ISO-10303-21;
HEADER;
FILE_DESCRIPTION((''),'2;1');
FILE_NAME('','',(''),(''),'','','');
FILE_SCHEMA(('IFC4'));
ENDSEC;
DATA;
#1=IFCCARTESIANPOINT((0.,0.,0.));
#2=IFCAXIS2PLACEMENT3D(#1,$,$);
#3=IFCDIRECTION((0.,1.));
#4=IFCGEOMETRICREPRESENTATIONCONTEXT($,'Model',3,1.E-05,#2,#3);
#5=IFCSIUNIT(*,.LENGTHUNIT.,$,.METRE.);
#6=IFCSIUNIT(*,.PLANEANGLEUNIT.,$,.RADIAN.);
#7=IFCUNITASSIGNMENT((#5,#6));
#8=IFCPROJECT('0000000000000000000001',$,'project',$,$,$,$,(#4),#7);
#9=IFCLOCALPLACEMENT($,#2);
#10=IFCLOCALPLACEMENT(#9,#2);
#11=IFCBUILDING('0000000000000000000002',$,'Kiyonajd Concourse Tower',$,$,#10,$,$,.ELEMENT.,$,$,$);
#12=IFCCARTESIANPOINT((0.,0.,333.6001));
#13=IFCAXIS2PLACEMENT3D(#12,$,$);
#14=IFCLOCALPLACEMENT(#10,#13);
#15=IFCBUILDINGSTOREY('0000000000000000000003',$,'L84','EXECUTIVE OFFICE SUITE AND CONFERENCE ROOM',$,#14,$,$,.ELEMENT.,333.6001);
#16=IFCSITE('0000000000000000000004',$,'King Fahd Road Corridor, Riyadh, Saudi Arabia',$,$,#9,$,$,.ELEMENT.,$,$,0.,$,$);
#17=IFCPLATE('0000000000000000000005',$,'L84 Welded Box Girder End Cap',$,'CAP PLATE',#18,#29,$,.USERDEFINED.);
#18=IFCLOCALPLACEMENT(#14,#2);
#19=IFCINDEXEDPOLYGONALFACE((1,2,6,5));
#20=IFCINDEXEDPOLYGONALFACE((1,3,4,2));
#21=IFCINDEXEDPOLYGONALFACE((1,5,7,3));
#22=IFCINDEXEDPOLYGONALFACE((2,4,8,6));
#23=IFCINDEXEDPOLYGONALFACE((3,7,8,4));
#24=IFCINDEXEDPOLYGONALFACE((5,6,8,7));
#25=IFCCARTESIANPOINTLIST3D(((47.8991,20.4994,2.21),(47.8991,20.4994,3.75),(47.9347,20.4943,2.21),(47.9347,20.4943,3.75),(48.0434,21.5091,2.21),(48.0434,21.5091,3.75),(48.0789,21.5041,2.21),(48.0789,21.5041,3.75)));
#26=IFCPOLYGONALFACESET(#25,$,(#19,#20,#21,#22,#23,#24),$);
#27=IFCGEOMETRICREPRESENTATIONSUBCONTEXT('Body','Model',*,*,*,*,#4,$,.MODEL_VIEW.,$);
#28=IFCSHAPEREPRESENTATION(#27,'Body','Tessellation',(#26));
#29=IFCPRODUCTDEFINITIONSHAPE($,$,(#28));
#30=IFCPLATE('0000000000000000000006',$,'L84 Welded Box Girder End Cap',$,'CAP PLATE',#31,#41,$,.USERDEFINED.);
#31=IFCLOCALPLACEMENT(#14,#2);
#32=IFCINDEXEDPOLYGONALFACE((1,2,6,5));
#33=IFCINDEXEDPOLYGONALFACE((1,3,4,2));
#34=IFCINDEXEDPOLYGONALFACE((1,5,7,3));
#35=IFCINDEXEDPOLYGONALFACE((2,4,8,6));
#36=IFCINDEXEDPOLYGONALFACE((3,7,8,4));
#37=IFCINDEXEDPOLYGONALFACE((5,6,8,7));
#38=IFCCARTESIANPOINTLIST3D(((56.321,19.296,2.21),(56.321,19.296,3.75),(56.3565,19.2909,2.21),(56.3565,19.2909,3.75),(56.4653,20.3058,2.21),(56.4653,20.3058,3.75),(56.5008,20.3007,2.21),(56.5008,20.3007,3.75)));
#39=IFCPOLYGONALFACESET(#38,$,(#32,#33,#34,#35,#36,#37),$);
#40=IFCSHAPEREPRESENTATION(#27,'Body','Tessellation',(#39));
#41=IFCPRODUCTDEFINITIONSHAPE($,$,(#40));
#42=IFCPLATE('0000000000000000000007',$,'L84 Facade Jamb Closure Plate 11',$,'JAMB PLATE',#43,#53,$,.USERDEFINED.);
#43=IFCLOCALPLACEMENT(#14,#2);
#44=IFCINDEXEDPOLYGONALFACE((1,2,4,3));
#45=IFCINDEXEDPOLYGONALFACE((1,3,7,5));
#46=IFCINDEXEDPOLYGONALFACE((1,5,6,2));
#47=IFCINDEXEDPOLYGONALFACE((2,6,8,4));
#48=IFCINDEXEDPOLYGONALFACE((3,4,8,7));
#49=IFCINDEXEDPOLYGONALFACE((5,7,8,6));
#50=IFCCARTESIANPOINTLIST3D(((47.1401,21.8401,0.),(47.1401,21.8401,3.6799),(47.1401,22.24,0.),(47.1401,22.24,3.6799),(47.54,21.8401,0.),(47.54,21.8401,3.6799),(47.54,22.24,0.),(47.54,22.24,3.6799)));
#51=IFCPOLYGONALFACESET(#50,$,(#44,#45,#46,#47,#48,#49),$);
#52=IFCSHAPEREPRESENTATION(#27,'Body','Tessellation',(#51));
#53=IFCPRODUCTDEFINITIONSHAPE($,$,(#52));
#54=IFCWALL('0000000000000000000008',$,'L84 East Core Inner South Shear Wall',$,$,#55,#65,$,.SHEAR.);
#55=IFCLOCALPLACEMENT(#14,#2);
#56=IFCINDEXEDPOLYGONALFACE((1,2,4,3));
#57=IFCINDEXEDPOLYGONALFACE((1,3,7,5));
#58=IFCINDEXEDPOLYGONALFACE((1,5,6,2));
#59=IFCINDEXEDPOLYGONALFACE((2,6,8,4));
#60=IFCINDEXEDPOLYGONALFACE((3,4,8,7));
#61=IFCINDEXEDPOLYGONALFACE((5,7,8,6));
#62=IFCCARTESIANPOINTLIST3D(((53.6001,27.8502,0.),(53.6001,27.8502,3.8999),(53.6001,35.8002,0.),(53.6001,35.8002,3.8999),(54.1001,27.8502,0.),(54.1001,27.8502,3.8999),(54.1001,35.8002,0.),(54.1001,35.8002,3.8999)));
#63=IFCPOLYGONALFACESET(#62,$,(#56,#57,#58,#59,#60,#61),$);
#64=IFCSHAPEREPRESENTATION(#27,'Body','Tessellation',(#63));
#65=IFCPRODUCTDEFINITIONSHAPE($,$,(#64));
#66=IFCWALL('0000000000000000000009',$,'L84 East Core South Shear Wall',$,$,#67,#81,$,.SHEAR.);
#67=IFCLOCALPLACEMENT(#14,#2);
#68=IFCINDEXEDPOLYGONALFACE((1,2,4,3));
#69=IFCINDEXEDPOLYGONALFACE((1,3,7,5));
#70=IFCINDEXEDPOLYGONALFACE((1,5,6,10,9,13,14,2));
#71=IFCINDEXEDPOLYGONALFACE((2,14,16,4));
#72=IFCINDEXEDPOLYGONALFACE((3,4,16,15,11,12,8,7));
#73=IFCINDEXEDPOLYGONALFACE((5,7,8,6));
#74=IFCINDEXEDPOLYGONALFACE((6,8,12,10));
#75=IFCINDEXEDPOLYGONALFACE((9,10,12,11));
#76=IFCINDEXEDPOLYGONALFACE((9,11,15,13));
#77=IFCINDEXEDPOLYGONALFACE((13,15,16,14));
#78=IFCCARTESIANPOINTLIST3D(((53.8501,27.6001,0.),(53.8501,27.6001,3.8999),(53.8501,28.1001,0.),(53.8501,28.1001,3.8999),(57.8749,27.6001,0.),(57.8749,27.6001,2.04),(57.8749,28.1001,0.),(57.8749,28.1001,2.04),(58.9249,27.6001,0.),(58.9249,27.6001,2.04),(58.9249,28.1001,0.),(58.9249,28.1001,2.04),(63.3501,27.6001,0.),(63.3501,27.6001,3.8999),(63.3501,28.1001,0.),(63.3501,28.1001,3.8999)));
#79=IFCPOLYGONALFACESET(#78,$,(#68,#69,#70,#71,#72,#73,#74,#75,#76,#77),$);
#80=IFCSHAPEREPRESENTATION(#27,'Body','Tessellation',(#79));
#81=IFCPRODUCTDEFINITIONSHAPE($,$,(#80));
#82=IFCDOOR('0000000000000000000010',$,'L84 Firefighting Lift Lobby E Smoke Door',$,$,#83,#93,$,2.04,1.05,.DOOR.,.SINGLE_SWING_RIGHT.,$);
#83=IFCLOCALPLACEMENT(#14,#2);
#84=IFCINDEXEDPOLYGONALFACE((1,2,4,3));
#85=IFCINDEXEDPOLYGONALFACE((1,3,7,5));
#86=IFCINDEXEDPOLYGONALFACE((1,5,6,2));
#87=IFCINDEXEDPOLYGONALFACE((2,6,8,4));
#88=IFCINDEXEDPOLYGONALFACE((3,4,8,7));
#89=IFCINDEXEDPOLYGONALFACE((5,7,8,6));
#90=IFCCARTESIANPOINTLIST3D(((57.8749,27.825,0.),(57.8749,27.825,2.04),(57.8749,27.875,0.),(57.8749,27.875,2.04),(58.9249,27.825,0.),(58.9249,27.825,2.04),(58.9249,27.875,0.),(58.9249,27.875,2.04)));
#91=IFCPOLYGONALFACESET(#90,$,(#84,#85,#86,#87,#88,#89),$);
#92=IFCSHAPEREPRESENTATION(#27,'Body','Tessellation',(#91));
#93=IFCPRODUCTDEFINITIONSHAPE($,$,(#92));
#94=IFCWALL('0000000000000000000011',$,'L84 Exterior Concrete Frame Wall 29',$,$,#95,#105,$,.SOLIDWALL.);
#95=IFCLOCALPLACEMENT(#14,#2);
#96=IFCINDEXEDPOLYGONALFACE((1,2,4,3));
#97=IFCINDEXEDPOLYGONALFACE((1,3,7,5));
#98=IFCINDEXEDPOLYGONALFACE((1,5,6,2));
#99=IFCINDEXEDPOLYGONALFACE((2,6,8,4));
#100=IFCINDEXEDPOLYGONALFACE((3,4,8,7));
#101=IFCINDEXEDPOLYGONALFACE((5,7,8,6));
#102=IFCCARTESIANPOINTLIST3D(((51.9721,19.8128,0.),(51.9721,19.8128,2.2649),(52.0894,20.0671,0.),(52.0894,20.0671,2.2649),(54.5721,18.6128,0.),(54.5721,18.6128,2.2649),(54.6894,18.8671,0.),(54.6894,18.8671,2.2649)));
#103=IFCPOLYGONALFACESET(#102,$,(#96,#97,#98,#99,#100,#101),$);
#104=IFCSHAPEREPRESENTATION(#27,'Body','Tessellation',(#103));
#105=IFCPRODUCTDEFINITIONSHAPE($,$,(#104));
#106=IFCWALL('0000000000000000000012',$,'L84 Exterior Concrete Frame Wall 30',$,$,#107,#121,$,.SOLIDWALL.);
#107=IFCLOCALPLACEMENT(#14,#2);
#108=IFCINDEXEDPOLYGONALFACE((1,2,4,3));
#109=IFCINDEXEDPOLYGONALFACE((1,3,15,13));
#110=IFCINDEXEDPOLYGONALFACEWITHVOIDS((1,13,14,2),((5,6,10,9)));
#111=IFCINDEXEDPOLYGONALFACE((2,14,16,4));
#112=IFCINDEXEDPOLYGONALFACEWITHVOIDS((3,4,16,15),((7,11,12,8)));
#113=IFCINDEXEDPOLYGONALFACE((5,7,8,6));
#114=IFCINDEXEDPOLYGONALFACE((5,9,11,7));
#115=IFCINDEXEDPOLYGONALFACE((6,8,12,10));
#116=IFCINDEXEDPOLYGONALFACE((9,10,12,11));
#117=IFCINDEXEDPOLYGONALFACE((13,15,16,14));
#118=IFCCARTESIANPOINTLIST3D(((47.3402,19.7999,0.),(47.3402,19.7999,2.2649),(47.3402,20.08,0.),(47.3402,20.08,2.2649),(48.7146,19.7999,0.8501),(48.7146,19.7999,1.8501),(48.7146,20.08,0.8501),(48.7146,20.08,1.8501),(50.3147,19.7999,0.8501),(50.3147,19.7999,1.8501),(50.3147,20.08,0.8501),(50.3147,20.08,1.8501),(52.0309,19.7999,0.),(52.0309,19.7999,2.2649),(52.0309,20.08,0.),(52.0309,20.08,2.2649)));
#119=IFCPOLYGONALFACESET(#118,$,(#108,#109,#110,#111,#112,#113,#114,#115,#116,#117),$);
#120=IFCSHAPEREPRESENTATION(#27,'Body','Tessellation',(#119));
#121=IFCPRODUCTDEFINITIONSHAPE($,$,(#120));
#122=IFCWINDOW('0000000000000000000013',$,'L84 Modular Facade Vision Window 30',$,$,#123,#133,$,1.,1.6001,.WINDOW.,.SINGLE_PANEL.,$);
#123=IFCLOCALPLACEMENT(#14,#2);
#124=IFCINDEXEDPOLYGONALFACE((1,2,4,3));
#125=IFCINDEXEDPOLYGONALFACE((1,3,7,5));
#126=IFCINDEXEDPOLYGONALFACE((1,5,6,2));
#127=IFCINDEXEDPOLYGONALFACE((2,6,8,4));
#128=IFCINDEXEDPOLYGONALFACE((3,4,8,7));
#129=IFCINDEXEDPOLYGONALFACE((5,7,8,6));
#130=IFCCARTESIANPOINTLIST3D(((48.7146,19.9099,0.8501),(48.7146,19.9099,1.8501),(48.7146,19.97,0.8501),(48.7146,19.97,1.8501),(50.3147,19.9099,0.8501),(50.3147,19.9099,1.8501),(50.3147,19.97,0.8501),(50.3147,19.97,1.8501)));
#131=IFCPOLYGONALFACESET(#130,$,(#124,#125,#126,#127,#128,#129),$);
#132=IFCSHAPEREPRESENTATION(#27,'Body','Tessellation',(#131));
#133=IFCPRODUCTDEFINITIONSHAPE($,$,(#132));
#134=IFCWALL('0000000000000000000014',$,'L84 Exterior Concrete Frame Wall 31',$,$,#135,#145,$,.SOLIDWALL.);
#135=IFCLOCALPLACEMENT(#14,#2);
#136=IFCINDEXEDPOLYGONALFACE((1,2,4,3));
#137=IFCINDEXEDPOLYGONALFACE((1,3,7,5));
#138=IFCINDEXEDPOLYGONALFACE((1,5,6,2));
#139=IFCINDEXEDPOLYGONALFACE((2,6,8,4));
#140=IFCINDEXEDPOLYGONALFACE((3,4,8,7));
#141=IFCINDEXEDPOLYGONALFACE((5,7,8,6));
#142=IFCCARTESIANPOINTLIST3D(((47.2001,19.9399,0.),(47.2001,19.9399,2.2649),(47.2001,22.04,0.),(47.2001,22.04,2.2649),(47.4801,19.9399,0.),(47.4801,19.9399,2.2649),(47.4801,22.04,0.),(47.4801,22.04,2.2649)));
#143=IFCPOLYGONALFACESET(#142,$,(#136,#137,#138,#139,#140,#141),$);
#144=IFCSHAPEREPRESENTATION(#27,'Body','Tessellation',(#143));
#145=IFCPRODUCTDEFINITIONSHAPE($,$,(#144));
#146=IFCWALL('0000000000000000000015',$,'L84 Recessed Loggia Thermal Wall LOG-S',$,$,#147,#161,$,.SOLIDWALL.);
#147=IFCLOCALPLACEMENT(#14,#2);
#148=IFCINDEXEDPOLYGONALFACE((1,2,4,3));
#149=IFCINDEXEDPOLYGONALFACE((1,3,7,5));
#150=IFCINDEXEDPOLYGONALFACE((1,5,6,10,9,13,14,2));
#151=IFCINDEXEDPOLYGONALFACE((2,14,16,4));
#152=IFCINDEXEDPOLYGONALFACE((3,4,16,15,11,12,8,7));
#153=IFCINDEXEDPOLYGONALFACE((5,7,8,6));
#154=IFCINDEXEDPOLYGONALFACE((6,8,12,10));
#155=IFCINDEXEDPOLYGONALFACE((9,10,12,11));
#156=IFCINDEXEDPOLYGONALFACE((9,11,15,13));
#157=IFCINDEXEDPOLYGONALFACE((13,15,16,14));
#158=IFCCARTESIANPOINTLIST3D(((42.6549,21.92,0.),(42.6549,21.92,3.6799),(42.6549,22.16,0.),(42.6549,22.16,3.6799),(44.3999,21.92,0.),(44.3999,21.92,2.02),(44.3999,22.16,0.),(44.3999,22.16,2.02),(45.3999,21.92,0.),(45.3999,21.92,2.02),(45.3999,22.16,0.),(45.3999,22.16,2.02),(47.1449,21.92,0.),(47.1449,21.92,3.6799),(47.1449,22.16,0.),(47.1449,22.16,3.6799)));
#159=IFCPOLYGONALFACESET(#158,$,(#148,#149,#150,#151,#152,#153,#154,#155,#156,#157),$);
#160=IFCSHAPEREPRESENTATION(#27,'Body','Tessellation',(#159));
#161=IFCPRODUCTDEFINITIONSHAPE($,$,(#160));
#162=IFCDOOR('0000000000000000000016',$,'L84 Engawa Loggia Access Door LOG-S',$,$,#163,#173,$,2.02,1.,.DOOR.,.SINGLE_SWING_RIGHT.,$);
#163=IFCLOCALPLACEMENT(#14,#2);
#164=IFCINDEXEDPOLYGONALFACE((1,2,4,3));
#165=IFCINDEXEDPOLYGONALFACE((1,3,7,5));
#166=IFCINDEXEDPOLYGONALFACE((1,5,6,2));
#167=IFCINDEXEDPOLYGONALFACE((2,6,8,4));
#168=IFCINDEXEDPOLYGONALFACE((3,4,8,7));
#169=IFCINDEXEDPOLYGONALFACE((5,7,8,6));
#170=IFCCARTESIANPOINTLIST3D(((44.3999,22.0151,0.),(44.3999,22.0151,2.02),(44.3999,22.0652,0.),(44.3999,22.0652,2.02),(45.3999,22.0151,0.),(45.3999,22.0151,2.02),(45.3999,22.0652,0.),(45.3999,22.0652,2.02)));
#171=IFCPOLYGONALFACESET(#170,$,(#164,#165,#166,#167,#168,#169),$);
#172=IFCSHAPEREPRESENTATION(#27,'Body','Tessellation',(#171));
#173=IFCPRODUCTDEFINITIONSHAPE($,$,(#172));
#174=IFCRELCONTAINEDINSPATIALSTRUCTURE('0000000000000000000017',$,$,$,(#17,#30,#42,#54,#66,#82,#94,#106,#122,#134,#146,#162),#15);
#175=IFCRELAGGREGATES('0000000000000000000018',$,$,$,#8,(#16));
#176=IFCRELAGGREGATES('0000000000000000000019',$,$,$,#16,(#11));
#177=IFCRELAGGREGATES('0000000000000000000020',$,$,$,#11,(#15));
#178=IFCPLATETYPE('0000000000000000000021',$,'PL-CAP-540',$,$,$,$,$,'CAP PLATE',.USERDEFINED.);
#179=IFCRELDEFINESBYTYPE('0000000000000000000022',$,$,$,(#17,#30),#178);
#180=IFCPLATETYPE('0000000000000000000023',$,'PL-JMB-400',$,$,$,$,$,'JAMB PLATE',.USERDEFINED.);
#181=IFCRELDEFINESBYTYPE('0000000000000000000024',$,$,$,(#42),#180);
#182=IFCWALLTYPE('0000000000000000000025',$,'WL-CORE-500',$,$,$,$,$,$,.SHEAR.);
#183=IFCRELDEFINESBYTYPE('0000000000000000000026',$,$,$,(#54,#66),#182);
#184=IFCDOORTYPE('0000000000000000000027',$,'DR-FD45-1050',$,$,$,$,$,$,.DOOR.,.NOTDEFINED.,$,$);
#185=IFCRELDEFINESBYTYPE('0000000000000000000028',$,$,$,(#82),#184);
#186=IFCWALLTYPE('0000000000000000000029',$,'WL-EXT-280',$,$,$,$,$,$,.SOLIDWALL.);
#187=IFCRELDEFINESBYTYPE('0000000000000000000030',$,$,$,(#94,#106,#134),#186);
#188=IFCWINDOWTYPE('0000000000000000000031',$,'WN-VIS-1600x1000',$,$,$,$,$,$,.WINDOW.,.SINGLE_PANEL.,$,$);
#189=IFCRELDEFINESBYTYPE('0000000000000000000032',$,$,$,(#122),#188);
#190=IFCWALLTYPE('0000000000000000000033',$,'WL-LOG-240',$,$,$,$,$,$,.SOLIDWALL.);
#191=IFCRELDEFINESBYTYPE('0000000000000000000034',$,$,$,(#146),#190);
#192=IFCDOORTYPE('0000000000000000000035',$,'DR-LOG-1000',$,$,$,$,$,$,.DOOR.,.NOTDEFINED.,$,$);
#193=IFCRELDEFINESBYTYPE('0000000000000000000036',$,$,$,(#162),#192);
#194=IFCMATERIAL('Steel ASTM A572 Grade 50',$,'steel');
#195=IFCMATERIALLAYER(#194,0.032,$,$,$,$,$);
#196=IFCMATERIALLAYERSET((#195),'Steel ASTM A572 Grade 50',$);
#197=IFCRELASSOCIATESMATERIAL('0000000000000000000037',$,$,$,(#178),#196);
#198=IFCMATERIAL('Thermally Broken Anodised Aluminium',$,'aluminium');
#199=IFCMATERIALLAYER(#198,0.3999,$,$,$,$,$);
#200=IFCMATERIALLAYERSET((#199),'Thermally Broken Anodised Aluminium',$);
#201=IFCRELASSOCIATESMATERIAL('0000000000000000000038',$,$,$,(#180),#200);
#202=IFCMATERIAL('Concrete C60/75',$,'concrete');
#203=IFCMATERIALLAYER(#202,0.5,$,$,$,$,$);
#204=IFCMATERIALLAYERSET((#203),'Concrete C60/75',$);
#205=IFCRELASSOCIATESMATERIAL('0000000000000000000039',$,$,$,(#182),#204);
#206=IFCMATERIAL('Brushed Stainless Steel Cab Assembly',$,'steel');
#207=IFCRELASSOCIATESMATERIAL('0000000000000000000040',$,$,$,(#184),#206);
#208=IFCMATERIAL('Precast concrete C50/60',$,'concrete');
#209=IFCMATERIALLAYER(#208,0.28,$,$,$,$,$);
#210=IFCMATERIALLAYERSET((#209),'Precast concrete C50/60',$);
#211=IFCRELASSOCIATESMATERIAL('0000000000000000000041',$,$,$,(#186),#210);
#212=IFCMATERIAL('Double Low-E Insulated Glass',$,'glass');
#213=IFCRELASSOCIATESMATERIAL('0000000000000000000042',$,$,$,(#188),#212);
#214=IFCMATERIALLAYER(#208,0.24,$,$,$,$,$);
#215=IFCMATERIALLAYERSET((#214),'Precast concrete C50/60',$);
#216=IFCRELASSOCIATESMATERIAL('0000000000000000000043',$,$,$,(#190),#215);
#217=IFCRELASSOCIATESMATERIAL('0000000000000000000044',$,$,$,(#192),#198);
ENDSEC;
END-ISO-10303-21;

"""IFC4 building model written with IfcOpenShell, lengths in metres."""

from ifc_helpers import new_model, si_unit, direction, frame, frame_2d, origin, origin_2d, place, context, subcontext, project, spatial, rectangle, extrude, material, layer, layer_set, type_object, element, fill, save


model = new_model("IFC4")

# Units and contexts
model_context = context("Model", 3, precision=1e-05, world=origin(), true_north=direction((0.0, 1.0)))
body_context = subcontext(model_context, "Body", "Model", "MODEL_VIEW")
ifc_project = project(units=[si_unit("LENGTHUNIT", "METRE"), si_unit("PLANEANGLEUNIT", "RADIAN")], contexts=[model_context])

# Site, building, storey
site_placement = place(None, origin())
site = spatial("IfcSite", under=ifc_project, at=site_placement, Name="King Fahd Road Corridor, Riyadh, Saudi Arabia", CompositionType="ELEMENT", RefElevation=0.0)
building_placement = place(site_placement, origin())
building = spatial("IfcBuilding", under=site, at=building_placement, Name="Kiyonajd Concourse Tower", CompositionType="ELEMENT")
storey_placement = place(building_placement, frame((0.0, 0.0, 333.6001)))
storey = spatial("IfcBuildingStorey", under=building, at=storey_placement, Name="L84", Description="EXECUTIVE OFFICE SUITE AND CONFERENCE ROOM", CompositionType="ELEMENT", Elevation=333.6001)

# Shared definitions
ifc_material_1 = material(Name="Concrete C60/75", Category="concrete")

# Shared definitions
ifc_material_2 = material(Name="Steel ASTM A572 Grade 50", Category="steel")

# Plates
ifc_layer_1 = layer(ifc_material_2, 0.032)
ifc_layer_set_1 = layer_set([ifc_layer_1], Name="Steel ASTM A572 Grade 50")
plate_type_1 = type_object("IfcPlateType", Name="PL-CAP-540", ElementType="CAP PLATE", PredefinedType="USERDEFINED", material=ifc_layer_set_1)
for number, where, z_axis, x_axis, name in (
    (1, (47.989, 21.0017, 2.21), (0.0, 0.0, 1.0), (-0.98995, 0.14142, 0.0), "L84 Welded Box Girder End Cap"),
    (2, (56.4109, 19.7983, 2.21), (0.0, 0.0, 1.0), (0.98995, -0.14142, 0.0), "L84 Welded Box Girder End Cap"),
):
    element("IfcPlate", number, at=place(storey_placement, frame(where, z_axis=z_axis, x_axis=x_axis)), inside=storey, type_object=plate_type_1, Name=name, ObjectType="CAP PLATE", PredefinedType="USERDEFINED", context=body_context, shape_type="SweptSolid", body=[
        extrude(rectangle(XDim=0.0359, YDim=1.02, at=origin_2d()), origin(), (0.0, 0.0, 1.0), 1.54),
    ])
ifc_material_3 = material(Name="Thermally Broken Anodised Aluminium", Category="aluminium")
ifc_layer_2 = layer(ifc_material_3, 0.3999)
ifc_layer_set_2 = layer_set([ifc_layer_2], Name="Thermally Broken Anodised Aluminium")
plate_type_2 = type_object("IfcPlateType", Name="PL-JMB-400", ElementType="JAMB PLATE", PredefinedType="USERDEFINED", material=ifc_layer_set_2)
plate_placement = place(storey_placement, frame((47.3401, 22.04, 0.0), z_axis=(0.0, 0.0, 1.0), x_axis=(1.0, 0.0, 0.0)))
element("IfcPlate", 3, at=plate_placement, inside=storey, type_object=plate_type_2, Name="L84 Facade Jamb Closure Plate 11", ObjectType="JAMB PLATE", PredefinedType="USERDEFINED", context=body_context, shape_type="SweptSolid", body=[
    extrude(rectangle(XDim=0.3999, YDim=0.3999, at=origin_2d()), origin(), (0.0, 0.0, 1.0), 3.6799),
])

# Wall
ifc_layer_3 = layer(ifc_material_1, 0.5)
ifc_layer_set_3 = layer_set([ifc_layer_3], Name="Concrete C60/75")
wall_type_1 = type_object("IfcWallType", Name="WL-CORE-500", PredefinedType="SHEAR", material=ifc_layer_set_3)
wall_1_placement = place(storey_placement, frame((53.8501, 27.8501, 0.0), z_axis=(0.0, 0.0, 1.0), x_axis=(0.0, 1.0, 0.0)))
element("IfcWall", 4, at=wall_1_placement, inside=storey, type_object=wall_type_1, Name="L84 East Core Inner South Shear Wall", PredefinedType="SHEAR", context=body_context, shape_type="SweptSolid", body=[
    extrude(rectangle(XDim=7.95, YDim=0.5, at=frame_2d((3.9751, 0.0))), origin(), (0.0, 0.0, 1.0), 3.8999),
])

# Wall, opening, door
wall_2_placement = place(storey_placement, frame((53.8501, 27.8501, 0.0), z_axis=(0.0, 0.0, 1.0), x_axis=(1.0, 0.0, 0.0)))
wall_2 = element("IfcWall", 5, at=wall_2_placement, inside=storey, type_object=wall_type_1, Name="L84 East Core South Shear Wall", PredefinedType="SHEAR", context=body_context, shape_type="SweptSolid", body=[
    extrude(rectangle(XDim=9.5, YDim=0.5, at=frame_2d((4.75, 0.0))), origin(), (0.0, 0.0, 1.0), 3.8999),
])
opening_1_placement = place(wall_2_placement, frame((4.0249, 0.0, 0.0)))
opening_1 = element("IfcOpeningElement", 6, at=opening_1_placement, cuts=wall_2, PredefinedType="OPENING", context=body_context, shape_type="SweptSolid", body=[
    extrude(rectangle(XDim=1.05, YDim=2.04, at=frame_2d((0.5249, 1.02))), frame((0.0, 0.26, 0.0), z_axis=(0.0, -1.0, 0.0), x_axis=(1.0, 0.0, 0.0)), (0.0, 0.0, 1.0), 0.52),
])
ifc_material_4 = material(Name="Brushed Stainless Steel Cab Assembly", Category="steel")
door_type_1 = type_object("IfcDoorType", Name="DR-FD45-1050", OperationType="NOTDEFINED", PredefinedType="DOOR", material=ifc_material_4)
door_1_placement = place(opening_1_placement, origin())
door_1 = element("IfcDoor", 7, at=door_1_placement, inside=storey, type_object=door_type_1, Name="L84 Firefighting Lift Lobby E Smoke Door", OperationType="SINGLE_SWING_RIGHT", OverallHeight=2.04, OverallWidth=1.05, PredefinedType="DOOR", context=body_context, shape_type="SweptSolid", body=[
    extrude(rectangle(XDim=1.05, YDim=2.04, at=frame_2d((0.5249, 1.02))), frame((0.0, 0.0249, 0.0), z_axis=(0.0, -1.0, 0.0), x_axis=(1.0, 0.0, 0.0)), (0.0, 0.0, 1.0), 0.05),
])
fill(opening_1, door_1)

# Wall
ifc_material_5 = material(Name="Precast concrete C50/60", Category="concrete")
ifc_layer_4 = layer(ifc_material_5, 0.28)
ifc_layer_set_4 = layer_set([ifc_layer_4], Name="Precast concrete C50/60")
wall_type_2 = type_object("IfcWallType", Name="WL-EXT-280", PredefinedType="SOLIDWALL", material=ifc_layer_set_4)
wall_3_placement = place(storey_placement, frame((54.6306, 18.74, 0.0), z_axis=(0.0, 0.0, 1.0), x_axis=(-0.907957, 0.419064, 0.0)))
element("IfcWall", 8, at=wall_3_placement, inside=storey, type_object=wall_type_2, Name="L84 Exterior Concrete Frame Wall 29", PredefinedType="SOLIDWALL", context=body_context, shape_type="SweptSolid", body=[
    extrude(rectangle(XDim=2.8635, YDim=0.28, at=frame_2d((1.4316, 0.0))), origin(), (0.0, 0.0, 1.0), 2.2649),
])

# Wall, opening, window
wall_4_placement = place(storey_placement, frame((52.0308, 19.9399, 0.0), z_axis=(0.0, 0.0, 1.0), x_axis=(-1.0, 0.0, 0.0)))
wall_4 = element("IfcWall", 9, at=wall_4_placement, inside=storey, type_object=wall_type_2, Name="L84 Exterior Concrete Frame Wall 30", PredefinedType="SOLIDWALL", context=body_context, shape_type="SweptSolid", body=[
    extrude(rectangle(XDim=4.6907, YDim=0.28, at=frame_2d((2.3452, 0.0))), origin(), (0.0, 0.0, 1.0), 2.2649),
])
opening_2_placement = place(wall_4_placement, frame((1.7161, 0.0, 0.8501)))
opening_2 = element("IfcOpeningElement", 10, at=opening_2_placement, cuts=wall_4, PredefinedType="OPENING", context=body_context, shape_type="SweptSolid", body=[
    extrude(rectangle(XDim=1.6001, YDim=1.0, at=frame_2d((0.8, 0.5))), frame((0.0, 0.1499, 0.0), z_axis=(0.0, -1.0, 0.0), x_axis=(1.0, 0.0, 0.0)), (0.0, 0.0, 1.0), 0.3),
])
ifc_material_6 = material(Name="Double Low-E Insulated Glass", Category="glass")
window_type = type_object("IfcWindowType", Name="WN-VIS-1600x1000", PartitioningType="SINGLE_PANEL", PredefinedType="WINDOW", material=ifc_material_6)
window_placement = place(opening_2_placement, origin())
window = element("IfcWindow", 11, at=window_placement, inside=storey, type_object=window_type, Name="L84 Modular Facade Vision Window 30", OverallHeight=1.0, OverallWidth=1.6001, PartitioningType="SINGLE_PANEL", PredefinedType="WINDOW", context=body_context, shape_type="SweptSolid", body=[
    extrude(rectangle(XDim=1.6001, YDim=1.0, at=frame_2d((0.8, 0.5))), frame((0.0, 0.03, 0.0), z_axis=(0.0, -1.0, 0.0), x_axis=(1.0, 0.0, 0.0)), (0.0, 0.0, 1.0), 0.0601),
])
fill(opening_2, window)

# Wall
wall_5_placement = place(storey_placement, frame((47.3401, 19.9399, 0.0), z_axis=(0.0, 0.0, 1.0), x_axis=(0.0, 1.0, 0.0)))
element("IfcWall", 12, at=wall_5_placement, inside=storey, type_object=wall_type_2, Name="L84 Exterior Concrete Frame Wall 31", PredefinedType="SOLIDWALL", context=body_context, shape_type="SweptSolid", body=[
    extrude(rectangle(XDim=2.1001, YDim=0.28, at=frame_2d((1.05, 0.0))), origin(), (0.0, 0.0, 1.0), 2.2649),
])

# Wall, opening, door
ifc_layer_5 = layer(ifc_material_5, 0.24)
ifc_layer_set_5 = layer_set([ifc_layer_5], Name="Precast concrete C50/60")
wall_type_3 = type_object("IfcWallType", Name="WL-LOG-240", PredefinedType="SOLIDWALL", material=ifc_layer_set_5)
wall_6_placement = place(storey_placement, frame((47.145, 22.04, 0.0), z_axis=(0.0, 0.0, 1.0), x_axis=(-1.0, 0.0, 0.0)))
wall_6 = element("IfcWall", 13, at=wall_6_placement, inside=storey, type_object=wall_type_3, Name="L84 Recessed Loggia Thermal Wall LOG-S", PredefinedType="SOLIDWALL", context=body_context, shape_type="SweptSolid", body=[
    extrude(rectangle(XDim=4.49, YDim=0.24, at=frame_2d((2.2451, 0.0))), origin(), (0.0, 0.0, 1.0), 3.6799),
])
opening_3_placement = place(wall_6_placement, frame((1.7451, 0.0, 0.0)))
opening_3 = element("IfcOpeningElement", 14, at=opening_3_placement, cuts=wall_6, PredefinedType="OPENING", context=body_context, shape_type="SweptSolid", body=[
    extrude(rectangle(XDim=1.0, YDim=2.02, at=frame_2d((0.5, 1.01))), frame((0.0, 0.1299, 0.0), z_axis=(0.0, -1.0, 0.0), x_axis=(1.0, 0.0, 0.0)), (0.0, 0.0, 1.0), 0.26),
])
door_type_2 = type_object("IfcDoorType", Name="DR-LOG-1000", OperationType="NOTDEFINED", PredefinedType="DOOR", material=ifc_material_3)
door_2_placement = place(opening_3_placement, origin())
door_2 = element("IfcDoor", 15, at=door_2_placement, inside=storey, type_object=door_type_2, Name="L84 Engawa Loggia Access Door LOG-S", OperationType="SINGLE_SWING_RIGHT", OverallHeight=2.02, OverallWidth=1.0, PredefinedType="DOOR", context=body_context, shape_type="SweptSolid", body=[
    extrude(rectangle(XDim=1.0, YDim=2.02, at=frame_2d((0.5, 1.01))), frame((0.0, 0.0249, 0.0), z_axis=(0.0, -1.0, 0.0), x_axis=(1.0, 0.0, 0.0)), (0.0, 0.0, 1.0), 0.05),
])
fill(opening_3, door_2)

save(model, "model.ifc")
